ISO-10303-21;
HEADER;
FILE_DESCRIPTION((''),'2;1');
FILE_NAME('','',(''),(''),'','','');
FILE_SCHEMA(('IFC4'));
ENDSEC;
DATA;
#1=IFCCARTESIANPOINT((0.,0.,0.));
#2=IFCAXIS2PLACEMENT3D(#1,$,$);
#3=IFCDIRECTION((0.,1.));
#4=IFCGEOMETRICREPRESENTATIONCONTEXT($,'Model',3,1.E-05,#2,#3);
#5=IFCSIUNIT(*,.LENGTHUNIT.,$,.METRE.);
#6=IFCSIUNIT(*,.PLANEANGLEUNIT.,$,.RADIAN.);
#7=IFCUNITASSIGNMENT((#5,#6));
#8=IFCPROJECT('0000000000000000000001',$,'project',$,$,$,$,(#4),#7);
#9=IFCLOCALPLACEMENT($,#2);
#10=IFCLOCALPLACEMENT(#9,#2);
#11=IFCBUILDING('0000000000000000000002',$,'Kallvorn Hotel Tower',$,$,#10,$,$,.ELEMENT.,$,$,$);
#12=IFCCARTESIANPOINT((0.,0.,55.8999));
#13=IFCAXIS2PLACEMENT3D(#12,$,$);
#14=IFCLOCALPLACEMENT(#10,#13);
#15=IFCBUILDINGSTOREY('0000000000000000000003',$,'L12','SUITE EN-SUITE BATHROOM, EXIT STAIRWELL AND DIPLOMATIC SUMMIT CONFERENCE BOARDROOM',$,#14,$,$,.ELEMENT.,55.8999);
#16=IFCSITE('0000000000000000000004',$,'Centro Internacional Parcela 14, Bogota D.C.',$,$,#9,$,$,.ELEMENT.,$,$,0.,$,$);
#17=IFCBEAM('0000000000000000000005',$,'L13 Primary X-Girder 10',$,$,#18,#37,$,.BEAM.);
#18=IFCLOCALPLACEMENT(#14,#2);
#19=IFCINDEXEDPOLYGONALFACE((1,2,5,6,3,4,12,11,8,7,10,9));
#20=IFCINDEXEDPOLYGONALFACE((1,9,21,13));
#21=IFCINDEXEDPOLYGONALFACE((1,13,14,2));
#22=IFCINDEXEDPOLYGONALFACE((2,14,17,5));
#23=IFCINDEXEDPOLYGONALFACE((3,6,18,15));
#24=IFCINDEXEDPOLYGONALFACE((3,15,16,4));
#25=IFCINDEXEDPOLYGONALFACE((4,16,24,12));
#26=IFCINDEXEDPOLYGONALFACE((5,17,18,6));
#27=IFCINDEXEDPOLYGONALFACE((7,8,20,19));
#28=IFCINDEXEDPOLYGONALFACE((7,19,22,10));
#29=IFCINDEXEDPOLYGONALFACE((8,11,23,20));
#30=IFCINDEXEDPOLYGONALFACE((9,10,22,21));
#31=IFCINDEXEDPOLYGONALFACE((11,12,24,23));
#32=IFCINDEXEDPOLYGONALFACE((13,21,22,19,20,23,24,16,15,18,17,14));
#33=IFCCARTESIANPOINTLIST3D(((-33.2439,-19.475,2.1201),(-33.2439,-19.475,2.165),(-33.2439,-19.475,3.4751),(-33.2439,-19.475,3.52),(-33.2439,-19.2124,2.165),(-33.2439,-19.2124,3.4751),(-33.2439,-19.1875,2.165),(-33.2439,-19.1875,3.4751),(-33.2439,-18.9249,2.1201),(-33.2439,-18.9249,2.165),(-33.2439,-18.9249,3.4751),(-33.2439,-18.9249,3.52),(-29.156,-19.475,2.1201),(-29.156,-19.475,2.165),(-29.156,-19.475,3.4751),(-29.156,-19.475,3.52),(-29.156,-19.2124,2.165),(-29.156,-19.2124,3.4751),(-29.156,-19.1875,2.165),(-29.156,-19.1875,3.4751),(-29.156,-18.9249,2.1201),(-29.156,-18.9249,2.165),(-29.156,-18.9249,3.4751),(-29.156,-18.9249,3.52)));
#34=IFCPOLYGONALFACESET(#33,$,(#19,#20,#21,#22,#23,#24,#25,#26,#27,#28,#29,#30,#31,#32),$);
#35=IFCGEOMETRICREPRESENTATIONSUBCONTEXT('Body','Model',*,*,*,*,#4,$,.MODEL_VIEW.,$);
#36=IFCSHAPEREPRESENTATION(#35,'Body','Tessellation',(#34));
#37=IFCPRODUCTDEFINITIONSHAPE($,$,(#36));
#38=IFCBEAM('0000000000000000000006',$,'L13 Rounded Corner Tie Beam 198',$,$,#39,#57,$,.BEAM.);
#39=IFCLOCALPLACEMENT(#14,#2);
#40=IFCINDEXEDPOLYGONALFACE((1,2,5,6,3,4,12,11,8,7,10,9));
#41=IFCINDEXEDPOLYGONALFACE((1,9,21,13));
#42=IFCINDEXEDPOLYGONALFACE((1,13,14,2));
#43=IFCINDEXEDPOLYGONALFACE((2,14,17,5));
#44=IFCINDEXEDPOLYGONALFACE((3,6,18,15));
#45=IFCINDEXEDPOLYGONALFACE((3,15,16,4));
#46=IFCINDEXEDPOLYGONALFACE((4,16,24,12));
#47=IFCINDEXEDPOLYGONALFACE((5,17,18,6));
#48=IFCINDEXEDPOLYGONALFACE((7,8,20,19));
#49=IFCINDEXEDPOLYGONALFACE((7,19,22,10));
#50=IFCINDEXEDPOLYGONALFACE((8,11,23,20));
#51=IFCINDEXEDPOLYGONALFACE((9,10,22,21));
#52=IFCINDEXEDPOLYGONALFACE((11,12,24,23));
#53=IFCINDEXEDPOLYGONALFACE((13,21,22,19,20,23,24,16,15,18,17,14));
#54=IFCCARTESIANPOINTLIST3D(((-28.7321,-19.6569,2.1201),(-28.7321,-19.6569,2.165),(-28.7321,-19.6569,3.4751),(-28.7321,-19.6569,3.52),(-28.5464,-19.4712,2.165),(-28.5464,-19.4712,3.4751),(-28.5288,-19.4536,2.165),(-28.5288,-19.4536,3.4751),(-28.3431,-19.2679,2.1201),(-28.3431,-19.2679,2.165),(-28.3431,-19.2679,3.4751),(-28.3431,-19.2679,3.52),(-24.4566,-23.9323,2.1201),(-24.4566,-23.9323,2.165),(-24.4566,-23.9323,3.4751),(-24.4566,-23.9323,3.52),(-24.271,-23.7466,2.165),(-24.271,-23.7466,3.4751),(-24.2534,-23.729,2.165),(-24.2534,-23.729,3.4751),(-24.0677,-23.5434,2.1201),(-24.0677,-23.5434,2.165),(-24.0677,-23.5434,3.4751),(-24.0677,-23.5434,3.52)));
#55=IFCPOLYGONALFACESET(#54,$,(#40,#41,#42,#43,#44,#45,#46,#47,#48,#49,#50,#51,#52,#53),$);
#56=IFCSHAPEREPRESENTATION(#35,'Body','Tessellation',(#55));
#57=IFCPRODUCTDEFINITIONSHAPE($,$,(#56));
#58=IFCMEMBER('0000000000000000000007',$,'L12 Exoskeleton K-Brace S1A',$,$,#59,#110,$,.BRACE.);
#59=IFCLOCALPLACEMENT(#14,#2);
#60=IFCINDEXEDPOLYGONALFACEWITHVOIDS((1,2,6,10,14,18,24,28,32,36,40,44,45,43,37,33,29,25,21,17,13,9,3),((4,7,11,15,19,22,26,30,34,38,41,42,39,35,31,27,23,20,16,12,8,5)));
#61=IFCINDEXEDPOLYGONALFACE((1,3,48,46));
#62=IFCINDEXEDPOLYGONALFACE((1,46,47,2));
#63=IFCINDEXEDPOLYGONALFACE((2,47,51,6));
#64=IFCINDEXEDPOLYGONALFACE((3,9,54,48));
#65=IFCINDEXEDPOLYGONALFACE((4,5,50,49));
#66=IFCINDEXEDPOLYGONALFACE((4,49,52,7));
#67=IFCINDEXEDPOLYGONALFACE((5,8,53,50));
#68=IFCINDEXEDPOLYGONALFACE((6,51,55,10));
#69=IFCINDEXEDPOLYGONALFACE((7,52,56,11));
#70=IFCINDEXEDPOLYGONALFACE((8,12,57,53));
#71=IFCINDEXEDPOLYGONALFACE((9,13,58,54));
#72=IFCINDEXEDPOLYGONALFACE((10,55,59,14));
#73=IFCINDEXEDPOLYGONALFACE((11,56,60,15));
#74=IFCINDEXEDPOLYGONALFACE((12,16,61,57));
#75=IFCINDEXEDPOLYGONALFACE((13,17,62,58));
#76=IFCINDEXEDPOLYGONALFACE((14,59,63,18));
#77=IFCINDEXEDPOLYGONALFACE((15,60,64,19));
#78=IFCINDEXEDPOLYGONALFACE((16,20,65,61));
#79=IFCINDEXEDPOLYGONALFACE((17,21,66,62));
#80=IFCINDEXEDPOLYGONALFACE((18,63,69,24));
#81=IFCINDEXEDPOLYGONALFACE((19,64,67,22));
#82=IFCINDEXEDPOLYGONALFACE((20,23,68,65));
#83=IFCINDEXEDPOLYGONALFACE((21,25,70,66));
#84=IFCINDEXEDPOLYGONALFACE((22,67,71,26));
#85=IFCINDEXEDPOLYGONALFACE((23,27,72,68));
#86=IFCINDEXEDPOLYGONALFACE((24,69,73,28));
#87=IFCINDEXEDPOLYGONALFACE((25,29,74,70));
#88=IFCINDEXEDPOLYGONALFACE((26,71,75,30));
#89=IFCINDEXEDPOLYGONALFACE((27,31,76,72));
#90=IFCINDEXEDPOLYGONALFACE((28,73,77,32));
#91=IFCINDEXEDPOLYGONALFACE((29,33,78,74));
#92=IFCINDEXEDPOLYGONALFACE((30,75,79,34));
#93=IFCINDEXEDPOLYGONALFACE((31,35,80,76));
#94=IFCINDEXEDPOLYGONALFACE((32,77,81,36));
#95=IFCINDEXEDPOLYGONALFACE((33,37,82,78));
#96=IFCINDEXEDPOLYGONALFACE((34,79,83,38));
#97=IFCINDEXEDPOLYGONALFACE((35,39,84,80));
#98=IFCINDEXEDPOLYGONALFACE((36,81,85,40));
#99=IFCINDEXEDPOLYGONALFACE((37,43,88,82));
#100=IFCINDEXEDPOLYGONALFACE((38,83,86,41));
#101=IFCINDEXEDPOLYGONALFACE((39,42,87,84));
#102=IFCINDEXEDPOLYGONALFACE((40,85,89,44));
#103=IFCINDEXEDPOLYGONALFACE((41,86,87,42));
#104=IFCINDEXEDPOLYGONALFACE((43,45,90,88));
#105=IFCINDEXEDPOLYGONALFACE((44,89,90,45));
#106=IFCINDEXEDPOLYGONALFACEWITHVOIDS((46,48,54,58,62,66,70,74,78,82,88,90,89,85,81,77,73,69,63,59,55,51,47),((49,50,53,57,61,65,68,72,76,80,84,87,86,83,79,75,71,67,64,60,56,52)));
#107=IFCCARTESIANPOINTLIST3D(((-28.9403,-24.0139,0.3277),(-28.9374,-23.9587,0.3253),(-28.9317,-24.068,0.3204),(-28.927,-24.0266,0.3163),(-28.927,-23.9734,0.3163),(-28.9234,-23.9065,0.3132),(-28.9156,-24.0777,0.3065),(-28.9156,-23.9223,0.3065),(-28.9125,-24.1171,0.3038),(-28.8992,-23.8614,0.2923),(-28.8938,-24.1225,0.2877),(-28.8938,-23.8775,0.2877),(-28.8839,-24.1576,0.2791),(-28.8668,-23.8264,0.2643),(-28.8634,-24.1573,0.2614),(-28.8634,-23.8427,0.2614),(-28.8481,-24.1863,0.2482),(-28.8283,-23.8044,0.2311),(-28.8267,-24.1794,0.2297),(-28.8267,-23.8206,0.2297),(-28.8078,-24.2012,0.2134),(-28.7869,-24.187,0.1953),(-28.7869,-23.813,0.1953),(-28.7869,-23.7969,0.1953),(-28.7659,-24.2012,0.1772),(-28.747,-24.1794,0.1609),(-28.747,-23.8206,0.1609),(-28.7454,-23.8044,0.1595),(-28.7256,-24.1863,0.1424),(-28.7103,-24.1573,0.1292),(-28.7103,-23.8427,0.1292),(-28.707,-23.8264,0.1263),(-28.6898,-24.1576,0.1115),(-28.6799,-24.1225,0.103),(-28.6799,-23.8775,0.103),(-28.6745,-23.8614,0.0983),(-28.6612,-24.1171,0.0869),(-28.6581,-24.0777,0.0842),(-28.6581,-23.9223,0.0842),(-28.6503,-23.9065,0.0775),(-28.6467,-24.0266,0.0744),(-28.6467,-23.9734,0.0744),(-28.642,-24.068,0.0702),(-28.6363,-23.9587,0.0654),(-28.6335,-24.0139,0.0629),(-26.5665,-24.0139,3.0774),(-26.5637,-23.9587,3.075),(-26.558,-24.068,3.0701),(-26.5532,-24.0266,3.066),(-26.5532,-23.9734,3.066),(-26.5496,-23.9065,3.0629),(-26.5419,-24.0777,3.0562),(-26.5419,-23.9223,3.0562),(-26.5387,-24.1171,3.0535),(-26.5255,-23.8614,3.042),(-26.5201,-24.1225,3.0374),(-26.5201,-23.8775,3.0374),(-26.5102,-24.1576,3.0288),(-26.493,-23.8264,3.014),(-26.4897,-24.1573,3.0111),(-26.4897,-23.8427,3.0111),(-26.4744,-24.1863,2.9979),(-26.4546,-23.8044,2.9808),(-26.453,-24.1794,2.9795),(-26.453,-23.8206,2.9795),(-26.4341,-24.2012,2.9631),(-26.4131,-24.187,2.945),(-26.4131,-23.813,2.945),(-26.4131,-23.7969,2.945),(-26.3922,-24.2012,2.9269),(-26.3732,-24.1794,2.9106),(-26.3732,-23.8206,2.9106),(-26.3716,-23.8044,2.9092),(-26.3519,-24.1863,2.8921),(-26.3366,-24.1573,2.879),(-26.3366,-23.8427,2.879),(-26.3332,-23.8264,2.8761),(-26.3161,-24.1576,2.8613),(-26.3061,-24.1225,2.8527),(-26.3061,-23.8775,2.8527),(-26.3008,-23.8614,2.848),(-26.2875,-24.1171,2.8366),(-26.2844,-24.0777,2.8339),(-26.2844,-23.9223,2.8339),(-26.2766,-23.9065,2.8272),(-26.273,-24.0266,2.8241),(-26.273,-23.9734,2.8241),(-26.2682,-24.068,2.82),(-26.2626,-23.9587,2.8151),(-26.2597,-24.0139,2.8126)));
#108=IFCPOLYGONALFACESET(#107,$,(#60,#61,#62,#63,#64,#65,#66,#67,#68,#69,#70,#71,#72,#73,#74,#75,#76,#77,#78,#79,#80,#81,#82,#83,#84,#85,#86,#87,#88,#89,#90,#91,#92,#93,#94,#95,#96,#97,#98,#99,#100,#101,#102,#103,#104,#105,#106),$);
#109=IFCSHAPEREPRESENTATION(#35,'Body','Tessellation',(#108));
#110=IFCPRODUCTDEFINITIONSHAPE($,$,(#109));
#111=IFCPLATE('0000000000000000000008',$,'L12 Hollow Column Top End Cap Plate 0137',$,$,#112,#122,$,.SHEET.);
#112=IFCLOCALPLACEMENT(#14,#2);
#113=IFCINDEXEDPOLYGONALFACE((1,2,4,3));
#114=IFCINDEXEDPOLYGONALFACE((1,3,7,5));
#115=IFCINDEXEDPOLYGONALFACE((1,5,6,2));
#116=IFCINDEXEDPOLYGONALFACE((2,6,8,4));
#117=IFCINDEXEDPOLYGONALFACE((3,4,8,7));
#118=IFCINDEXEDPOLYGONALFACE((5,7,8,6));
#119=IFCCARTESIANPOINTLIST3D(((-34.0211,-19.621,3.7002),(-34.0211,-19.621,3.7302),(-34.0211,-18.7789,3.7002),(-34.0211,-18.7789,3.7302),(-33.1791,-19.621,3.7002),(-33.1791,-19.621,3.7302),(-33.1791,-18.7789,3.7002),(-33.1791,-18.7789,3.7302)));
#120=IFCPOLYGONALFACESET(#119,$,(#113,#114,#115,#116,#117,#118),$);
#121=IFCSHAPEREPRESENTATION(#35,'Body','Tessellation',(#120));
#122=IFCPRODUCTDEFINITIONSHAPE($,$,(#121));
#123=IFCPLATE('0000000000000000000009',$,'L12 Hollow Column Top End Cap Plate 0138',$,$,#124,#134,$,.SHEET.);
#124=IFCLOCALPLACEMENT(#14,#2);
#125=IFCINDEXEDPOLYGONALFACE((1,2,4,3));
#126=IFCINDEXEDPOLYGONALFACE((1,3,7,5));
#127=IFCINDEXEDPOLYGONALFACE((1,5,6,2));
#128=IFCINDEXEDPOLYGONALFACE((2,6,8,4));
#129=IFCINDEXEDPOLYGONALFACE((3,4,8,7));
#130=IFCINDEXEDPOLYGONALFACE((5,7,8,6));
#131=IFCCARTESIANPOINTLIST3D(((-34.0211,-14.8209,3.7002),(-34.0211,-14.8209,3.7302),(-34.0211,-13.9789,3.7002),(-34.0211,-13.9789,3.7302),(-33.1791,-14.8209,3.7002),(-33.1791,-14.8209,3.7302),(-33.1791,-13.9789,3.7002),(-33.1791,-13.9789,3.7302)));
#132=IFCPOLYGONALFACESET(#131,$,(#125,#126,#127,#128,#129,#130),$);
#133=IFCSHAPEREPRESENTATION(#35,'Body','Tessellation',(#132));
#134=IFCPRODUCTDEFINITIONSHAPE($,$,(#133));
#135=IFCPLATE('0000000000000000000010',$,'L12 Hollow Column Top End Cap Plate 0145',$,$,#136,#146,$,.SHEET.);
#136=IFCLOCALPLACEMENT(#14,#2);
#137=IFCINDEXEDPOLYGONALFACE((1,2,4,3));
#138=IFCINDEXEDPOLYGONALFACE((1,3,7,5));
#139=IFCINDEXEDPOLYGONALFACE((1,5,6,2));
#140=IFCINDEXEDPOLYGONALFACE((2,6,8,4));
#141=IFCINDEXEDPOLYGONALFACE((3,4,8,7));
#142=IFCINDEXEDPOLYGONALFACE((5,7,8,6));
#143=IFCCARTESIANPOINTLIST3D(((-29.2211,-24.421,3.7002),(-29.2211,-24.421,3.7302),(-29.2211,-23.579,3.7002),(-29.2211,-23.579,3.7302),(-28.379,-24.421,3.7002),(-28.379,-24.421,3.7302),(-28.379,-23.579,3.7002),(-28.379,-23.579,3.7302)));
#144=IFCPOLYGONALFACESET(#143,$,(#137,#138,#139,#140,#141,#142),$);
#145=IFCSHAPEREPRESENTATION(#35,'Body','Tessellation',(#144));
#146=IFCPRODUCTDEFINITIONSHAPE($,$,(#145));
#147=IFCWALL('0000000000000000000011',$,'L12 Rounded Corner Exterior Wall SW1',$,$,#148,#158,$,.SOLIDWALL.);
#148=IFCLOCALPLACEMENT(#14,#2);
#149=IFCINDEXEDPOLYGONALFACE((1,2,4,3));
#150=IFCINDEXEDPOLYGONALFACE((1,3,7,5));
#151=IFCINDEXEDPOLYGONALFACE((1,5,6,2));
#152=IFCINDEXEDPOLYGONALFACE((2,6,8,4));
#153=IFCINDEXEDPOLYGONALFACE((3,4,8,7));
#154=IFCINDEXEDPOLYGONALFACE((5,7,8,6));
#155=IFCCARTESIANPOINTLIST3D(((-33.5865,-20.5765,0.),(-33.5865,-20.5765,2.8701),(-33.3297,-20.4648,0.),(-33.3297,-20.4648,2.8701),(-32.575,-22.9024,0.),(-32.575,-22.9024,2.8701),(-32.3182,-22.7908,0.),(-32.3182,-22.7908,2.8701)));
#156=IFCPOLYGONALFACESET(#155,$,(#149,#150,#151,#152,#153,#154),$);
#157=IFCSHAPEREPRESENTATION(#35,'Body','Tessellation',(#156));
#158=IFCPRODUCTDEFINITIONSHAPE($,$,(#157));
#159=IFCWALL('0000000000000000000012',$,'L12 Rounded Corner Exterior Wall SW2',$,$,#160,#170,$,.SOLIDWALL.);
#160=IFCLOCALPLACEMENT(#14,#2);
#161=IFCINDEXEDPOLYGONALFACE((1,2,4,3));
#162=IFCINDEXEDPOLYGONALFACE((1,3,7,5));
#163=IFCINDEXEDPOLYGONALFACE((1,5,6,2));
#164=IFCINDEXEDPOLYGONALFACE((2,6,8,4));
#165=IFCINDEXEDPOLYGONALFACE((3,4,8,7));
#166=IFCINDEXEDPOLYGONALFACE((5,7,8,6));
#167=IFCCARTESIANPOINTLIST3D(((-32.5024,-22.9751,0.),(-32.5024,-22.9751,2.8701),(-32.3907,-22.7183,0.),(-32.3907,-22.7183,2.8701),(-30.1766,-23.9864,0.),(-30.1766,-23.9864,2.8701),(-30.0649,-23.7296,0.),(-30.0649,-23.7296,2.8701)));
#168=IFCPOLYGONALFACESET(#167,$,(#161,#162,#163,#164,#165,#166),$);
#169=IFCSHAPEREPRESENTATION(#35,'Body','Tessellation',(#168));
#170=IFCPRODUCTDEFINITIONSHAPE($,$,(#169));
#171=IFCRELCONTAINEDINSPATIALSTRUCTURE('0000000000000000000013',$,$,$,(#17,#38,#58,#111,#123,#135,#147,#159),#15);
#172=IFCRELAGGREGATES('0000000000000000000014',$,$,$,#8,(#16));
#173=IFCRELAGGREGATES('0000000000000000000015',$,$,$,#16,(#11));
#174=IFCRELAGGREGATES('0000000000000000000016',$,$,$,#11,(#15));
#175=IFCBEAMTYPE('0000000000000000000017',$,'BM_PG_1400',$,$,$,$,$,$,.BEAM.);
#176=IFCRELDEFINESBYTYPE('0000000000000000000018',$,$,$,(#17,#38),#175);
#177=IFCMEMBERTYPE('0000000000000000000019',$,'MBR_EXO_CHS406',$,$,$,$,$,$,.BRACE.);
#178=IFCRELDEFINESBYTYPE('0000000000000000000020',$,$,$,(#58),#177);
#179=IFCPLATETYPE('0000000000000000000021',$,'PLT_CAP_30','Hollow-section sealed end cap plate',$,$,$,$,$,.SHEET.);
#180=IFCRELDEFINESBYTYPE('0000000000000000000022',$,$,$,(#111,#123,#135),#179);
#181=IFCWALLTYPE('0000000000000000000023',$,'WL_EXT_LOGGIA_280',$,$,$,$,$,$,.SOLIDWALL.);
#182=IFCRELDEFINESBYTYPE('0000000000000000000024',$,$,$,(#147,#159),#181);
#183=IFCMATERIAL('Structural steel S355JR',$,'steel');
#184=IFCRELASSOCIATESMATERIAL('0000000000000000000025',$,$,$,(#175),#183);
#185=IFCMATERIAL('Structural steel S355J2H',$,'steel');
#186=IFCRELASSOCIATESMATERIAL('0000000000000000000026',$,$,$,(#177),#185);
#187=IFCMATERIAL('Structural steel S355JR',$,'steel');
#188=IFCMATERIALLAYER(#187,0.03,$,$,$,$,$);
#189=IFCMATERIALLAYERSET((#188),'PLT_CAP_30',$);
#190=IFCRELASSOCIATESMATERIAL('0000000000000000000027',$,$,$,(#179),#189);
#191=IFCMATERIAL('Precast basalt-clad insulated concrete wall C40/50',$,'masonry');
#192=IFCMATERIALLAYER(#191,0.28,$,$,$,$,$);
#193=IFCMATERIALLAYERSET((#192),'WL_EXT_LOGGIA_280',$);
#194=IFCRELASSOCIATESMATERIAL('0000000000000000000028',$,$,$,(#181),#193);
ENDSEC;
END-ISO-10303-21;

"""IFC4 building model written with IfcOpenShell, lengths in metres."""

from ifc_helpers import new_model, si_unit, direction, frame, frame_2d, origin, origin_2d, place, context, subcontext, project, spatial, rectangle, hollow_circle, i_section, extrude, material, layer, layer_set, material_profile, profile_set, type_object, element, save


model = new_model("IFC4")

# Units and contexts
model_context = context("Model", 3, precision=1e-05, world=origin(), true_north=direction((0.0, 1.0)))
body_context = subcontext(model_context, "Body", "Model", "MODEL_VIEW")
ifc_project = project(units=[si_unit("LENGTHUNIT", "METRE"), si_unit("PLANEANGLEUNIT", "RADIAN")], contexts=[model_context])

# Site, building, storey
site_placement = place(None, origin())
site = spatial("IfcSite", under=ifc_project, at=site_placement, Name="Centro Internacional Parcela 14, Bogota D.C.", CompositionType="ELEMENT", RefElevation=0.0)
building_placement = place(site_placement, origin())
building = spatial("IfcBuilding", under=site, at=building_placement, Name="Kallvorn Hotel Tower", CompositionType="ELEMENT")
storey_placement = place(building_placement, frame((0.0, 0.0, 55.8999)))
storey = spatial("IfcBuildingStorey", under=building, at=storey_placement, Name="L12", Description="SUITE EN-SUITE BATHROOM, EXIT STAIRWELL AND DIPLOMATIC SUMMIT CONFERENCE BOARDROOM", CompositionType="ELEMENT", Elevation=55.8999)

# Beams
ifc_material_1 = material(Name="Structural steel S355JR", Category="steel")
ifc_material_profile_1 = material_profile(ifc_material_1, i_section(OverallWidth=0.55, OverallDepth=1.3999, WebThickness=0.0249, FlangeThickness=0.0449, at=origin_2d()), Name="PG 1400x550x25x45")
ifc_profile_set_1 = profile_set([ifc_material_profile_1], Name="Structural steel S355JR")
beam_type_1 = type_object("IfcBeamType", Name="BM_PG_1400", PredefinedType="BEAM", material=ifc_profile_set_1)
beam_1_placement = place(storey_placement, frame((-33.2439, -19.2, 2.8201), z_axis=(1.0, 0.0, 0.0), x_axis=(0.0, 1.0, 0.0)))
element("IfcBeam", 1, at=beam_1_placement, inside=storey, type_object=beam_type_1, Name="L13 Primary X-Girder 10", PredefinedType="BEAM", context=body_context, shape_type="SweptSolid", body=[
    extrude(i_section(OverallWidth=0.55, OverallDepth=1.3999, WebThickness=0.0249, FlangeThickness=0.0449, at=origin_2d()), origin(), (0.0, 0.0, 1.0), 4.0879),
])
beam_2_placement = place(storey_placement, frame((-28.5376, -19.4624, 2.8201), z_axis=(0.707107, -0.707107, 0.0), x_axis=(0.707107, 0.707107, 0.0)))
element("IfcBeam", 2, at=beam_2_placement, inside=storey, type_object=beam_type_1, Name="L13 Rounded Corner Tie Beam 198", PredefinedType="BEAM", context=body_context, shape_type="SweptSolid", body=[
    extrude(i_section(OverallWidth=0.55, OverallDepth=1.3999, WebThickness=0.0249, FlangeThickness=0.0449, at=origin_2d()), origin(), (0.0, 0.0, 1.0), 6.0464),
])

# Member
ifc_material_2 = material(Name="Structural steel S355J2H", Category="steel")
ifc_material_profile_2 = material_profile(ifc_material_2, hollow_circle(Radius=0.2031, WallThickness=0.0161, at=origin_2d()), Name="CHS 406.4x16")
ifc_profile_set_2 = profile_set([ifc_material_profile_2], Name="Structural steel S355J2H")
member_type = type_object("IfcMemberType", Name="MBR_EXO_CHS406", PredefinedType="BRACE", material=ifc_profile_set_2)
member_placement = place(storey_placement, frame((-28.7869, -24.0, 0.1953), z_axis=(0.653461, 0.0, 0.756961), x_axis=(0.0, 1.0, 0.0)))
element("IfcMember", 3, at=member_placement, inside=storey, type_object=member_type, Name="L12 Exoskeleton K-Brace S1A", PredefinedType="BRACE", context=body_context, shape_type="SweptSolid", body=[
    extrude(hollow_circle(Radius=0.2031, WallThickness=0.0161, at=origin_2d()), origin(), (0.0, 0.0, 1.0), 3.6326),
])

# Plates
ifc_material_3 = material(Name="Structural steel S355JR", Category="steel")
ifc_layer_1 = layer(ifc_material_3, 0.03)
ifc_layer_set_1 = layer_set([ifc_layer_1], Name="PLT_CAP_30")
plate_type = type_object("IfcPlateType", Name="PLT_CAP_30", Description="Hollow-section sealed end cap plate", PredefinedType="SHEET", material=ifc_layer_set_1)
for number, where, z_axis, x_axis, name in (
    (4, (-33.6001, -19.2, 3.7002), (0.0, 0.0, 1.0), (1.0, 0.0, 0.0), "L12 Hollow Column Top End Cap Plate 0137"),
    (5, (-33.6001, -14.3999, 3.7002), (0.0, 0.0, 1.0), (1.0, 0.0, 0.0), "L12 Hollow Column Top End Cap Plate 0138"),
    (6, (-28.8, -24.0, 3.7002), (0.0, 0.0, 1.0), (1.0, 0.0, 0.0), "L12 Hollow Column Top End Cap Plate 0145"),
):
    element("IfcPlate", number, at=place(storey_placement, frame(where, z_axis=z_axis, x_axis=x_axis)), inside=storey, type_object=plate_type, Name=name, PredefinedType="SHEET", context=body_context, shape_type="SweptSolid", body=[
        extrude(rectangle(XDim=0.842, YDim=0.842, at=origin_2d()), origin(), (0.0, 0.0, 1.0), 0.03),
    ])

# Walls
ifc_material_4 = material(Name="Precast basalt-clad insulated concrete wall C40/50", Category="masonry")
ifc_layer_2 = layer(ifc_material_4, 0.28)
ifc_layer_set_2 = layer_set([ifc_layer_2], Name="WL_EXT_LOGGIA_280")
wall_type_1 = type_object("IfcWallType", Name="WL_EXT_LOGGIA_280", PredefinedType="SOLIDWALL", material=ifc_layer_set_2)
wall_1_placement = place(storey_placement, frame((-33.458, -20.5208, 0.0), z_axis=(0.0, 0.0, 1.0), x_axis=(0.398793, -0.917041, 0.0)))
element("IfcWall", 7, at=wall_1_placement, inside=storey, type_object=wall_type_1, Name="L12 Rounded Corner Exterior Wall SW1", PredefinedType="SOLIDWALL", context=body_context, shape_type="SweptSolid", body=[
    extrude(rectangle(XDim=2.5364, YDim=0.28, at=frame_2d((1.2681, 0.0))), origin(), (0.0, 0.0, 1.0), 2.8701),
])
wall_2_placement = place(storey_placement, frame((-32.4465, -22.8467, 0.0), z_axis=(0.0, 0.0, 1.0), x_axis=(0.917061, -0.398747, 0.0)))
element("IfcWall", 8, at=wall_2_placement, inside=storey, type_object=wall_type_1, Name="L12 Rounded Corner Exterior Wall SW2", PredefinedType="SOLIDWALL", context=body_context, shape_type="SweptSolid", body=[
    extrude(rectangle(XDim=2.5361, YDim=0.28, at=frame_2d((1.2681, 0.0))), origin(), (0.0, 0.0, 1.0), 2.8701),
])

save(model, "model.ifc")
